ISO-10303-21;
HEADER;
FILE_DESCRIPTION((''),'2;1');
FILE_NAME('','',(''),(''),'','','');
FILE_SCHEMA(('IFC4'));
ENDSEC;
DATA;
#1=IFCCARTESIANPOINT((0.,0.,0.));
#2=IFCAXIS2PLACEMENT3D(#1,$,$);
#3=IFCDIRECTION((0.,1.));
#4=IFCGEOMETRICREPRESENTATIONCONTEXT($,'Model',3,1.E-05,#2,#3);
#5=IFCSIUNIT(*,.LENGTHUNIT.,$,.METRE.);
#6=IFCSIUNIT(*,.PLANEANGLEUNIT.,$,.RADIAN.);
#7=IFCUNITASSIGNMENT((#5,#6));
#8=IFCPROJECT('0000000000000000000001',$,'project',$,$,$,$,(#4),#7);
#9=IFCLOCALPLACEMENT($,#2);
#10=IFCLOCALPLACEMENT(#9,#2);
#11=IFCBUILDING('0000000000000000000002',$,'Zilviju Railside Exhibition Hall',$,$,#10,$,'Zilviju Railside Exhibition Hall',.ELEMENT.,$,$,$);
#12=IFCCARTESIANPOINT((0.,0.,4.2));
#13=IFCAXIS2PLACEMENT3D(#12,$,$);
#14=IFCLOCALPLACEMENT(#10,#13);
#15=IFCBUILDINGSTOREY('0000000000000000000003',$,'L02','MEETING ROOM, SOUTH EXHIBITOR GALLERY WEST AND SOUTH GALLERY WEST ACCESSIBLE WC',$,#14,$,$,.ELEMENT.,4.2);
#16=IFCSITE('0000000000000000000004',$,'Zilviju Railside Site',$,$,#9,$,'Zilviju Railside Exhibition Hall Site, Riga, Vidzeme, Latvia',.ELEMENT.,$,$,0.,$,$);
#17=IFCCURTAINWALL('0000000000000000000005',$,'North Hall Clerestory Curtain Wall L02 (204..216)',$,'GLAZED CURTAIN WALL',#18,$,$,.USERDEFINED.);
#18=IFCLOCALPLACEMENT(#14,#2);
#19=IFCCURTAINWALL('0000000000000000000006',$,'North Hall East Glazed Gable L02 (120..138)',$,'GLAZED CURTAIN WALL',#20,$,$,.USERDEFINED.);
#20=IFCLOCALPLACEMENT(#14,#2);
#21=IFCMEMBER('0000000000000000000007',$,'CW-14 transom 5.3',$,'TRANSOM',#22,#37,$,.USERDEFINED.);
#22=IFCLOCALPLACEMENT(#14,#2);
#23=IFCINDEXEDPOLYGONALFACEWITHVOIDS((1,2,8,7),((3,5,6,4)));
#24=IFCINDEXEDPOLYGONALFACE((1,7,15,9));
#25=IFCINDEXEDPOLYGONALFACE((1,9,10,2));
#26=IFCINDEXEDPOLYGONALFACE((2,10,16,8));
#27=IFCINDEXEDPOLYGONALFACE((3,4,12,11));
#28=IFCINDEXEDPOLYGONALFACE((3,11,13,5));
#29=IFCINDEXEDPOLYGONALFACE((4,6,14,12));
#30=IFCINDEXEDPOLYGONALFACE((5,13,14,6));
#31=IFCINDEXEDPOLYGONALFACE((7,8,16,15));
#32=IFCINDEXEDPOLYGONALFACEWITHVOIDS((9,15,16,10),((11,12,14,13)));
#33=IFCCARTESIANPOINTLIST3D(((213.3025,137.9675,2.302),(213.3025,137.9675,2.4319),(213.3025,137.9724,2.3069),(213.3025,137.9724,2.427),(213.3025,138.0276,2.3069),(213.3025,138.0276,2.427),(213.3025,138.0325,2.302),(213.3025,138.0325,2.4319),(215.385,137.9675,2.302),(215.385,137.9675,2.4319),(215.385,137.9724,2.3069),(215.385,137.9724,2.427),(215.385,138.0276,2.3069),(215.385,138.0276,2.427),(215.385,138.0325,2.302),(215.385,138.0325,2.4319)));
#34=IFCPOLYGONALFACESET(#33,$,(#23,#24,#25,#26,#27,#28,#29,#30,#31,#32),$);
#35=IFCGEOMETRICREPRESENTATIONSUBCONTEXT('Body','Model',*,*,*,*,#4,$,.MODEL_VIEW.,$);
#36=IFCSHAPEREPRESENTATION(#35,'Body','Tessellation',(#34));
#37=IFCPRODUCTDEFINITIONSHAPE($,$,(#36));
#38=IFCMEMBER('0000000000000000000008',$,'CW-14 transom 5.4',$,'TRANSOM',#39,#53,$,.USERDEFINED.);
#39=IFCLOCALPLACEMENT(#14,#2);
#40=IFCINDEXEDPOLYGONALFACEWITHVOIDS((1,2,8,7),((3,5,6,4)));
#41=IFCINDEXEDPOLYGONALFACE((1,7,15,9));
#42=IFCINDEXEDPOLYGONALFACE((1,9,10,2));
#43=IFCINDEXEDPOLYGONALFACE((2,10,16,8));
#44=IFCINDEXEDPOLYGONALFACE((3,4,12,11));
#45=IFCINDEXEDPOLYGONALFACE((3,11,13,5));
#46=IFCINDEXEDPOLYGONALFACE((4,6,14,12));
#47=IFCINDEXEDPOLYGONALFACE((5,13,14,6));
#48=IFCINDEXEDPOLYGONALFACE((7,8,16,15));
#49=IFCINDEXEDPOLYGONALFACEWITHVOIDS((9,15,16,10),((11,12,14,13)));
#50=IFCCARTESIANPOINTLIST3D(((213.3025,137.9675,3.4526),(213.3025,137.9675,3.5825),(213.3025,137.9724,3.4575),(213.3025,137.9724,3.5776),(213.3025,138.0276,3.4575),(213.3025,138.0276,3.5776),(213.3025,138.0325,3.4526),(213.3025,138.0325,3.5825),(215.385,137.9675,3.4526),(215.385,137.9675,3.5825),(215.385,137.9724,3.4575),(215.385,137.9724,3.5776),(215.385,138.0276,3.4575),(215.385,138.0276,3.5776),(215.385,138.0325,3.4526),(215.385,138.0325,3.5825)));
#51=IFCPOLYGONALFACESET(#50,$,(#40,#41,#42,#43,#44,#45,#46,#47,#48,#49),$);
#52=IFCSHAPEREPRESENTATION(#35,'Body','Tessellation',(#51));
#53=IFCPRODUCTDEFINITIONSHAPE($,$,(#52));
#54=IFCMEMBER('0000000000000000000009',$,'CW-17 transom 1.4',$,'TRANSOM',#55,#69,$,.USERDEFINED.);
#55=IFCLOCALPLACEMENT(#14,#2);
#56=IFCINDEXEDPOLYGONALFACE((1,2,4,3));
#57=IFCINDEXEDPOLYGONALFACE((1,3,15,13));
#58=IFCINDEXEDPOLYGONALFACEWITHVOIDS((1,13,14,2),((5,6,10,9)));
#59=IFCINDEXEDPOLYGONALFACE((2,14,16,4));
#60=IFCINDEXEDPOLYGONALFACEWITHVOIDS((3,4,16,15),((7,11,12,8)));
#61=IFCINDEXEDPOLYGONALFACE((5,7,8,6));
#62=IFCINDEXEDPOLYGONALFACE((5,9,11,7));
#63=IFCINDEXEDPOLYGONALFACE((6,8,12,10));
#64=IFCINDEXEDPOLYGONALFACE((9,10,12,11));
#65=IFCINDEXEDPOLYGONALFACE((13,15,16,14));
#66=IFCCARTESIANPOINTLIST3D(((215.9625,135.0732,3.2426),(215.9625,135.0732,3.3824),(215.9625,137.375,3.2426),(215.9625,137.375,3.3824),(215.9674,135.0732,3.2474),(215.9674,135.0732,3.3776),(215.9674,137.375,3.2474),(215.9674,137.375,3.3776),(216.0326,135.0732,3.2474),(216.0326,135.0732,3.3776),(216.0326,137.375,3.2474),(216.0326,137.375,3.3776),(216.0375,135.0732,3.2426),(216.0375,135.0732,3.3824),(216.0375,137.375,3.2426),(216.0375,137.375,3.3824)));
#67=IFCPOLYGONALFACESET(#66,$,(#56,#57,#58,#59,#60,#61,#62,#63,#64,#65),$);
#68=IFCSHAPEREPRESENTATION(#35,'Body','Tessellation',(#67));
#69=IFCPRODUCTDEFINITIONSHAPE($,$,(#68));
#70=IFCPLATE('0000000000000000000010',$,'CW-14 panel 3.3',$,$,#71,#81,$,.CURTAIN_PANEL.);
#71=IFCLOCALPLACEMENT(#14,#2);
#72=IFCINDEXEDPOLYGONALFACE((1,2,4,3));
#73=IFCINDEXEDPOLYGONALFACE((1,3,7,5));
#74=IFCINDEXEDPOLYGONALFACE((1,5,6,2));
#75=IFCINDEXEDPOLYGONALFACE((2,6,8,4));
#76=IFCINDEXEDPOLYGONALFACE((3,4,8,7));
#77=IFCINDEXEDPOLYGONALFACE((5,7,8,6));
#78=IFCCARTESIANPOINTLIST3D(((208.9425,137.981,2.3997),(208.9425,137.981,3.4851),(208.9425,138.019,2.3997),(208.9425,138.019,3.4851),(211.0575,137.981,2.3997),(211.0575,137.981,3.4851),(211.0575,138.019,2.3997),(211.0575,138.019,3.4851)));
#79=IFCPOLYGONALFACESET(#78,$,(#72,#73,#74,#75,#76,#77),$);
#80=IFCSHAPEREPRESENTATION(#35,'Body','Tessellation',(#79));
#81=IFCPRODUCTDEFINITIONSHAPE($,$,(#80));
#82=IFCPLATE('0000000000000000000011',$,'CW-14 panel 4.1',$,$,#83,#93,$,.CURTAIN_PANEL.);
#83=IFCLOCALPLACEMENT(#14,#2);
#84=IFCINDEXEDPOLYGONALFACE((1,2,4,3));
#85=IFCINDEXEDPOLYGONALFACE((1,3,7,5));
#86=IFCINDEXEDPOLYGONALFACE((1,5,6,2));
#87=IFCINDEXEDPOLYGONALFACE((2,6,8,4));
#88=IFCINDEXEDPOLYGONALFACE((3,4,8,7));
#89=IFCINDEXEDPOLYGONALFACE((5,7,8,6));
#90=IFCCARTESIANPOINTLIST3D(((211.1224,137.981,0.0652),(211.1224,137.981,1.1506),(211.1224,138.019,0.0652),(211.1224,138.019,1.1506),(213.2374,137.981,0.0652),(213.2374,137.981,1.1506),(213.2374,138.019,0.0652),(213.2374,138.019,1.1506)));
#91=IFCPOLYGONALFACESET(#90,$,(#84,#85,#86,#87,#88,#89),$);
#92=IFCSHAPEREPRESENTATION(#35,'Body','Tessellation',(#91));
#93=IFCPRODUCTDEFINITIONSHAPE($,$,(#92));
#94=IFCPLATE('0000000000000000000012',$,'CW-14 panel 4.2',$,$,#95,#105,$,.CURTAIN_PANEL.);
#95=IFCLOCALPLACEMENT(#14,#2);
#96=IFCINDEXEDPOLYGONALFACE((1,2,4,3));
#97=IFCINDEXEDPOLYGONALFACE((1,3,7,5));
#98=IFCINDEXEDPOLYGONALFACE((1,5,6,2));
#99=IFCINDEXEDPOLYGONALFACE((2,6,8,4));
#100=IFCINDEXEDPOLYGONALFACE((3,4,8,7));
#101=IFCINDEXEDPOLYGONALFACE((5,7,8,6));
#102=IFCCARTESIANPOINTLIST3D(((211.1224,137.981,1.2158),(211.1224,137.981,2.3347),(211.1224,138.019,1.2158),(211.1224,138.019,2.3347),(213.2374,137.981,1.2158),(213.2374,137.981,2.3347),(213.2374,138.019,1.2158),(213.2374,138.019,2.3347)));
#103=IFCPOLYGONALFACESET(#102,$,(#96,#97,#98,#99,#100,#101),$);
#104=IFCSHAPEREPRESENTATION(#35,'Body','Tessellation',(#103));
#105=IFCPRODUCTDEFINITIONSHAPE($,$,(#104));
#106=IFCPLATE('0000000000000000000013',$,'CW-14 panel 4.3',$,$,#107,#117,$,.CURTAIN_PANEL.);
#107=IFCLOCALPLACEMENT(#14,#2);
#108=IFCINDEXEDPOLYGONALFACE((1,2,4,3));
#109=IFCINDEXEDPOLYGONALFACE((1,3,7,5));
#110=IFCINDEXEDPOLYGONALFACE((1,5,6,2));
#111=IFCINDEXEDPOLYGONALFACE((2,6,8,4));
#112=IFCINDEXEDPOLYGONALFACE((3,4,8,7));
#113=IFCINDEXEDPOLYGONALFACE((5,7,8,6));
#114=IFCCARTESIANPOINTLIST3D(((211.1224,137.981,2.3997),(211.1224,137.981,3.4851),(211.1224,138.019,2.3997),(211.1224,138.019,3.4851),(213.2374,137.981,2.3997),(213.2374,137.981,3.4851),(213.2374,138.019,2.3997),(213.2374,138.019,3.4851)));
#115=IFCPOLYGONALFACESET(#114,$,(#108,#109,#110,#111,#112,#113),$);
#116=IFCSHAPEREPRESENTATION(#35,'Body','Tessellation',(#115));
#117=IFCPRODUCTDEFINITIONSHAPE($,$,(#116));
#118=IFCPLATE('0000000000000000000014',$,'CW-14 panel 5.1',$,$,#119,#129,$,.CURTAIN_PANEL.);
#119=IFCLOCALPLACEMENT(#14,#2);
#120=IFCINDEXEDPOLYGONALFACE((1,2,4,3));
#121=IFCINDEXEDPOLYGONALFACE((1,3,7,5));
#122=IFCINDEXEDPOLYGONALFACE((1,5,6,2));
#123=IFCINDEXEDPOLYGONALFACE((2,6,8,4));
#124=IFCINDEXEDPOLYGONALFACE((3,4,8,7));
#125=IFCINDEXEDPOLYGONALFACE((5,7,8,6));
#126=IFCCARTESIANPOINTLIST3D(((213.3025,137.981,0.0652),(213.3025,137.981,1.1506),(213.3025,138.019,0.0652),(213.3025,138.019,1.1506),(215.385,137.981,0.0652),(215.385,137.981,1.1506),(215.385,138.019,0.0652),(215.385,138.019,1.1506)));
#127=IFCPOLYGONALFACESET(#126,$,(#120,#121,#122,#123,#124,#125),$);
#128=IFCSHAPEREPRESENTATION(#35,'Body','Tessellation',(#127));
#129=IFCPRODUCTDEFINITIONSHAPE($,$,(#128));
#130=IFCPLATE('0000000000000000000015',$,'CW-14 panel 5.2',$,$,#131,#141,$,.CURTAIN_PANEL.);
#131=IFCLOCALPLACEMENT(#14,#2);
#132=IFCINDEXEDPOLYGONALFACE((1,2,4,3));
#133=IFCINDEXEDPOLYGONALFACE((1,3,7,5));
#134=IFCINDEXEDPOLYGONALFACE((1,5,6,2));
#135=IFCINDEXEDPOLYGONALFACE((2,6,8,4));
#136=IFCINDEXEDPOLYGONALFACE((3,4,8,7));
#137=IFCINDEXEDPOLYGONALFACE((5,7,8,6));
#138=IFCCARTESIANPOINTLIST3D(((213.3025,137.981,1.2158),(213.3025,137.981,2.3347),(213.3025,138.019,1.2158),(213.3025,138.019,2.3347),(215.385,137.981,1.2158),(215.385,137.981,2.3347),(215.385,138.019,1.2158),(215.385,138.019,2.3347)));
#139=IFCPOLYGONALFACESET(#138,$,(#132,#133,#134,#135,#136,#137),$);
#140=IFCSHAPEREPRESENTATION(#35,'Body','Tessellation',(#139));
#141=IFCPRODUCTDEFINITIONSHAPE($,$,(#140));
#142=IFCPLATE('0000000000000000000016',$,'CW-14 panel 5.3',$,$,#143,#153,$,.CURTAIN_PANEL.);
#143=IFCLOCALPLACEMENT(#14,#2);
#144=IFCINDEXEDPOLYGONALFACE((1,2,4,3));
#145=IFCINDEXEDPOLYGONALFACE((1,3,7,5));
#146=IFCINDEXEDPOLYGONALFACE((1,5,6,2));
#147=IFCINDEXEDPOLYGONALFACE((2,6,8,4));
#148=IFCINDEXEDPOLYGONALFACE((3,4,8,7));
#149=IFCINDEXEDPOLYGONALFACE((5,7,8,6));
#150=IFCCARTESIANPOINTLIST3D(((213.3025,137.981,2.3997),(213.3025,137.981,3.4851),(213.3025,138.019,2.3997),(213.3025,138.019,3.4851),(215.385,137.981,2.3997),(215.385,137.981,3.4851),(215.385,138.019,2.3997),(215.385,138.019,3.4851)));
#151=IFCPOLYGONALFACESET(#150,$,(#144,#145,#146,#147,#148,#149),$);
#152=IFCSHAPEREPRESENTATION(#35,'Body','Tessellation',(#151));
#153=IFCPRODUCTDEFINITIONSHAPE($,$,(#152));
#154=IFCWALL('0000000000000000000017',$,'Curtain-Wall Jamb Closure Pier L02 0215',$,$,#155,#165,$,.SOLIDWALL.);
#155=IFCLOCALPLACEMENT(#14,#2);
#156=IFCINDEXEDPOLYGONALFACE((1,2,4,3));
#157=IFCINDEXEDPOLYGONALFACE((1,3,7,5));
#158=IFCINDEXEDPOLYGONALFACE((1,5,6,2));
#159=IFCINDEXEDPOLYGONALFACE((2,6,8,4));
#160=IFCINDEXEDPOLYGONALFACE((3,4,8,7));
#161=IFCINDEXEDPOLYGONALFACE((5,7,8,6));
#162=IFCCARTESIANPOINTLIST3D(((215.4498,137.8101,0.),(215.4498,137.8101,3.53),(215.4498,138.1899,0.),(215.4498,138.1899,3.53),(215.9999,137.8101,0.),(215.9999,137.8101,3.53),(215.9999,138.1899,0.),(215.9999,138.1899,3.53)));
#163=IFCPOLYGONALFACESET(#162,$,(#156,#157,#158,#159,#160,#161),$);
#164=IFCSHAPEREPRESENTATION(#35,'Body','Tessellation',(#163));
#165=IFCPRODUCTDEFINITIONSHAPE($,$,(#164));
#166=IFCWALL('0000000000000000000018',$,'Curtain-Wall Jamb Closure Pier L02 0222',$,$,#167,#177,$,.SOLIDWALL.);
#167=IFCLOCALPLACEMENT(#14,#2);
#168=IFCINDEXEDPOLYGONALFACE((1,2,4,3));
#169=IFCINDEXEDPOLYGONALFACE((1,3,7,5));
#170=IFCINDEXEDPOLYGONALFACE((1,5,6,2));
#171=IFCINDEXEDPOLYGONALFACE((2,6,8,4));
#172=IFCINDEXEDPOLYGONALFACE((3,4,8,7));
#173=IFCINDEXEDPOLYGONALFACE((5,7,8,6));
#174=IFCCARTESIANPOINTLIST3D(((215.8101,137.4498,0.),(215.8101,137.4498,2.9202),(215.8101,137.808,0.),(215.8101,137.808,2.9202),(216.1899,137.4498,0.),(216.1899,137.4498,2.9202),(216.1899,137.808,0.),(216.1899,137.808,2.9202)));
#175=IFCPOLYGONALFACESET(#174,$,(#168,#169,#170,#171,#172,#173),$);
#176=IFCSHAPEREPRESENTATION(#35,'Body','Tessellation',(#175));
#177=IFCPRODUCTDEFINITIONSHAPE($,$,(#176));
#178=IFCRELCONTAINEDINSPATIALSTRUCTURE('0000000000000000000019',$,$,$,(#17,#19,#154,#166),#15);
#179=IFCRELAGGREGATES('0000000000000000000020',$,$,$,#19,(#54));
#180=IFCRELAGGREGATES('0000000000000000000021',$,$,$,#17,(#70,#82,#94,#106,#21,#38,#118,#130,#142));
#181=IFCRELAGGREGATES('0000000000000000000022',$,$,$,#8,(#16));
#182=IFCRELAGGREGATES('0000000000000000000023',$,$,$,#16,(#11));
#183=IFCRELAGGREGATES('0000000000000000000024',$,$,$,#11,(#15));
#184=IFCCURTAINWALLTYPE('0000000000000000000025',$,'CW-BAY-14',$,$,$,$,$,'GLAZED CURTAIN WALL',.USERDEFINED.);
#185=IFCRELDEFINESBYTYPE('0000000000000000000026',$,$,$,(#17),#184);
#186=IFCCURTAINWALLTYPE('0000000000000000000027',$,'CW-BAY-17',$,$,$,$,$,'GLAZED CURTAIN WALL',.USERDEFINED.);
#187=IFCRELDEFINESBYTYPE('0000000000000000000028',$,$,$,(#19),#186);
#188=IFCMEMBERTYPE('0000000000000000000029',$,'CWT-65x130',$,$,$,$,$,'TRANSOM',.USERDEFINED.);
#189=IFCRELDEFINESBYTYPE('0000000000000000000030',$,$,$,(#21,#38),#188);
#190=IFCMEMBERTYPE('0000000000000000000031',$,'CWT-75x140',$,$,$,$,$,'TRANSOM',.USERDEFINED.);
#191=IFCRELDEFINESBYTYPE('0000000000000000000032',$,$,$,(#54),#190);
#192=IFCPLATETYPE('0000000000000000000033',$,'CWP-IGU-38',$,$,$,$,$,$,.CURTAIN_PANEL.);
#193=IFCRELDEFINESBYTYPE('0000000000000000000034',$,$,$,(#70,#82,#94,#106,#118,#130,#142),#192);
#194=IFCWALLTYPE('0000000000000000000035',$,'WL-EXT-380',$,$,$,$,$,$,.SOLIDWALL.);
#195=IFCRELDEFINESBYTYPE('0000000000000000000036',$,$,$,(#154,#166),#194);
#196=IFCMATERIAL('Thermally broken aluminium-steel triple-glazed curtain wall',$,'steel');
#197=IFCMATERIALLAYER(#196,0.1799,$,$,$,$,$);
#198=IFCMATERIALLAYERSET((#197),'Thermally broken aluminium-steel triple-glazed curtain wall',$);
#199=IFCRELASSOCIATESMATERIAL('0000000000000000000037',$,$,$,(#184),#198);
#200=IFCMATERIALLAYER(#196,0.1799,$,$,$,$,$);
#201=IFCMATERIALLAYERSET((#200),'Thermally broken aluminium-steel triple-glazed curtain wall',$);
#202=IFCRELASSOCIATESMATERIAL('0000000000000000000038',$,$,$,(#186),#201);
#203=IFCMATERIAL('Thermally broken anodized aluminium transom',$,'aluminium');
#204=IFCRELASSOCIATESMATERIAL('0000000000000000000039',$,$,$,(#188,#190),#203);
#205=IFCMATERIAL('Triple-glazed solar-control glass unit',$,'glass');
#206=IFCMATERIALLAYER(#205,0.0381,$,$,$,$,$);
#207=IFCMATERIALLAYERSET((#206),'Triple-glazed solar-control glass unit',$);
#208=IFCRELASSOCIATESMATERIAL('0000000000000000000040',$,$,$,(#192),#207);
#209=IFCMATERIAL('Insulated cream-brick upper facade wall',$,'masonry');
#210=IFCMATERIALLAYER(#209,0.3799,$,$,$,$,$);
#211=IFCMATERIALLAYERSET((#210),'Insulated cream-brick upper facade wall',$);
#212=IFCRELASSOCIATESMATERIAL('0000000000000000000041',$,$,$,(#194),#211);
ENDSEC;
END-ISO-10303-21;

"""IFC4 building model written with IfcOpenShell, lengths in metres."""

from ifc_helpers import new_model, si_unit, direction, frame, frame_2d, origin, origin_2d, place, context, subcontext, project, spatial, rectangle, hollow_rectangle, extrude, material, layer, layer_set, material_profile, profile_set, type_object, element, aggregate, save


model = new_model("IFC4")

# Units and contexts
model_context = context("Model", 3, precision=1e-05, world=origin(), true_north=direction((0.0, 1.0)))
body_context = subcontext(model_context, "Body", "Model", "MODEL_VIEW")
ifc_project = project(units=[si_unit("LENGTHUNIT", "METRE"), si_unit("PLANEANGLEUNIT", "RADIAN")], contexts=[model_context])

# Site, building, storey
site_placement = place(None, origin())
site = spatial("IfcSite", under=ifc_project, at=site_placement, Name="Zilviju Railside Site", LongName="Zilviju Railside Exhibition Hall Site, Riga, Vidzeme, Latvia", CompositionType="ELEMENT", RefElevation=0.0)
building_placement = place(site_placement, origin())
building = spatial("IfcBuilding", under=site, at=building_placement, Name="Zilviju Railside Exhibition Hall", LongName="Zilviju Railside Exhibition Hall", CompositionType="ELEMENT")
storey_placement = place(building_placement, frame((0.0, 0.0, 4.2)))
storey = spatial("IfcBuildingStorey", under=building, at=storey_placement, Name="L02", Description="MEETING ROOM, SOUTH EXHIBITOR GALLERY WEST AND SOUTH GALLERY WEST ACCESSIBLE WC", CompositionType="ELEMENT", Elevation=4.2)

# Curtain wall
ifc_material_1 = material(Name="Thermally broken aluminium-steel triple-glazed curtain wall", Category="steel")
ifc_layer_1 = layer(ifc_material_1, 0.1799)
ifc_layer_set_1 = layer_set([ifc_layer_1], Name="Thermally broken aluminium-steel triple-glazed curtain wall")
curtain_wall_type_1 = type_object("IfcCurtainWallType", Name="CW-BAY-14", ElementType="GLAZED CURTAIN WALL", PredefinedType="USERDEFINED", material=ifc_layer_set_1)
curtain_wall_1_placement = place(storey_placement, origin())
curtain_wall_1 = element("IfcCurtainWall", 1, at=curtain_wall_1_placement, inside=storey, type_object=curtain_wall_type_1, Name="North Hall Clerestory Curtain Wall L02 (204..216)", ObjectType="GLAZED CURTAIN WALL", PredefinedType="USERDEFINED")

# Curtain wall
ifc_layer_2 = layer(ifc_material_1, 0.1799)
ifc_layer_set_2 = layer_set([ifc_layer_2], Name="Thermally broken aluminium-steel triple-glazed curtain wall")
curtain_wall_type_2 = type_object("IfcCurtainWallType", Name="CW-BAY-17", ElementType="GLAZED CURTAIN WALL", PredefinedType="USERDEFINED", material=ifc_layer_set_2)
curtain_wall_2_placement = place(storey_placement, origin())
curtain_wall_2 = element("IfcCurtainWall", 2, at=curtain_wall_2_placement, inside=storey, type_object=curtain_wall_type_2, Name="North Hall East Glazed Gable L02 (120..138)", ObjectType="GLAZED CURTAIN WALL", PredefinedType="USERDEFINED")

# Members
ifc_material_2 = material(Name="Thermally broken anodized aluminium transom", Category="aluminium")
ifc_material_profile_1 = material_profile(ifc_material_2, hollow_rectangle(XDim=0.0649, YDim=0.1299, WallThickness=0.0049, at=origin_2d()), Name="TRANSOM 130x65x5")
ifc_profile_set_1 = profile_set([ifc_material_profile_1], Name="Thermally broken anodized aluminium transom")
member_type_1 = type_object("IfcMemberType", Name="CWT-65x130", ElementType="TRANSOM", PredefinedType="USERDEFINED", material=ifc_profile_set_1)
member_1_placement = place(storey_placement, frame((213.3025, 138.0, 2.3669), z_axis=(1.0, 0.0, 0.0), x_axis=(0.0, 1.0, 0.0)))
member_1 = element("IfcMember", 3, at=member_1_placement, type_object=member_type_1, Name="CW-14 transom 5.3", ObjectType="TRANSOM", PredefinedType="USERDEFINED", context=body_context, shape_type="SweptSolid", body=[
    extrude(hollow_rectangle(XDim=0.0649, YDim=0.1299, WallThickness=0.0049, at=origin_2d()), origin(), (0.0, 0.0, 1.0), 2.0825),
])
member_2_placement = place(storey_placement, frame((213.3025, 138.0, 3.5176), z_axis=(1.0, 0.0, 0.0), x_axis=(0.0, 1.0, 0.0)))
member_2 = element("IfcMember", 4, at=member_2_placement, type_object=member_type_1, Name="CW-14 transom 5.4", ObjectType="TRANSOM", PredefinedType="USERDEFINED", context=body_context, shape_type="SweptSolid", body=[
    extrude(hollow_rectangle(XDim=0.0649, YDim=0.1299, WallThickness=0.0049, at=origin_2d()), origin(), (0.0, 0.0, 1.0), 2.0825),
])
ifc_material_profile_2 = material_profile(ifc_material_2, hollow_rectangle(XDim=0.075, YDim=0.1399, WallThickness=0.0049, at=origin_2d()), Name="TRANSOM 140x75x5")
ifc_profile_set_2 = profile_set([ifc_material_profile_2], Name="Thermally broken anodized aluminium transom")
member_type_2 = type_object("IfcMemberType", Name="CWT-75x140", ElementType="TRANSOM", PredefinedType="USERDEFINED", material=ifc_profile_set_2)
member_3_placement = place(storey_placement, frame((216.0, 137.375, 3.3125), z_axis=(0.0, -1.0, 0.0), x_axis=(1.0, 0.0, 0.0)))
member_3 = element("IfcMember", 5, at=member_3_placement, type_object=member_type_2, Name="CW-17 transom 1.4", ObjectType="TRANSOM", PredefinedType="USERDEFINED", context=body_context, shape_type="SweptSolid", body=[
    extrude(hollow_rectangle(XDim=0.075, YDim=0.1399, WallThickness=0.0049, at=origin_2d()), origin(), (0.0, 0.0, 1.0), 2.3018),
])
aggregate(curtain_wall_2, [member_3])

# Plates
ifc_material_3 = material(Name="Triple-glazed solar-control glass unit", Category="glass")
ifc_layer_3 = layer(ifc_material_3, 0.0381)
ifc_layer_set_3 = layer_set([ifc_layer_3], Name="Triple-glazed solar-control glass unit")
plate_type = type_object("IfcPlateType", Name="CWP-IGU-38", PredefinedType="CURTAIN_PANEL", material=ifc_layer_set_3)
plate_1_placement = place(storey_placement, frame((210.0, 138.0, 2.3997), z_axis=(0.0, 0.0, 1.0), x_axis=(1.0, 0.0, 0.0)))
plate_1 = element("IfcPlate", 6, at=plate_1_placement, type_object=plate_type, Name="CW-14 panel 3.3", PredefinedType="CURTAIN_PANEL", context=body_context, shape_type="SweptSolid", body=[
    extrude(rectangle(XDim=2.115, YDim=0.0381, at=origin_2d()), origin(), (0.0, 0.0, 1.0), 1.0854),
])
plate_2_placement = place(storey_placement, frame((212.1799, 138.0, 0.0652), z_axis=(0.0, 0.0, 1.0), x_axis=(1.0, 0.0, 0.0)))
plate_2 = element("IfcPlate", 7, at=plate_2_placement, type_object=plate_type, Name="CW-14 panel 4.1", PredefinedType="CURTAIN_PANEL", context=body_context, shape_type="SweptSolid", body=[
    extrude(rectangle(XDim=2.115, YDim=0.0381, at=origin_2d()), origin(), (0.0, 0.0, 1.0), 1.0854),
])
plate_3_placement = place(storey_placement, frame((212.1799, 138.0, 1.2158), z_axis=(0.0, 0.0, 1.0), x_axis=(1.0, 0.0, 0.0)))
plate_3 = element("IfcPlate", 8, at=plate_3_placement, type_object=plate_type, Name="CW-14 panel 4.2", PredefinedType="CURTAIN_PANEL", context=body_context, shape_type="SweptSolid", body=[
    extrude(rectangle(XDim=2.115, YDim=0.0381, at=origin_2d()), origin(), (0.0, 0.0, 1.0), 1.1189),
])
plate_4_placement = place(storey_placement, frame((212.1799, 138.0, 2.3997), z_axis=(0.0, 0.0, 1.0), x_axis=(1.0, 0.0, 0.0)))
plate_4 = element("IfcPlate", 9, at=plate_4_placement, type_object=plate_type, Name="CW-14 panel 4.3", PredefinedType="CURTAIN_PANEL", context=body_context, shape_type="SweptSolid", body=[
    extrude(rectangle(XDim=2.115, YDim=0.0381, at=origin_2d()), origin(), (0.0, 0.0, 1.0), 1.0854),
])
plate_5_placement = place(storey_placement, frame((214.3438, 138.0, 0.0652), z_axis=(0.0, 0.0, 1.0), x_axis=(1.0, 0.0, 0.0)))
plate_5 = element("IfcPlate", 10, at=plate_5_placement, type_object=plate_type, Name="CW-14 panel 5.1", PredefinedType="CURTAIN_PANEL", context=body_context, shape_type="SweptSolid", body=[
    extrude(rectangle(XDim=2.0825, YDim=0.0381, at=origin_2d()), origin(), (0.0, 0.0, 1.0), 1.0854),
])
plate_6_placement = place(storey_placement, frame((214.3438, 138.0, 1.2158), z_axis=(0.0, 0.0, 1.0), x_axis=(1.0, 0.0, 0.0)))
plate_6 = element("IfcPlate", 11, at=plate_6_placement, type_object=plate_type, Name="CW-14 panel 5.2", PredefinedType="CURTAIN_PANEL", context=body_context, shape_type="SweptSolid", body=[
    extrude(rectangle(XDim=2.0825, YDim=0.0381, at=origin_2d()), origin(), (0.0, 0.0, 1.0), 1.1189),
])
plate_7_placement = place(storey_placement, frame((214.3438, 138.0, 2.3997), z_axis=(0.0, 0.0, 1.0), x_axis=(1.0, 0.0, 0.0)))
plate_7 = element("IfcPlate", 12, at=plate_7_placement, type_object=plate_type, Name="CW-14 panel 5.3", PredefinedType="CURTAIN_PANEL", context=body_context, shape_type="SweptSolid", body=[
    extrude(rectangle(XDim=2.0825, YDim=0.0381, at=origin_2d()), origin(), (0.0, 0.0, 1.0), 1.0854),
])
aggregate(curtain_wall_1, [plate_1, plate_2, plate_3, plate_4, member_1, member_2, plate_5, plate_6, plate_7])

# Walls
ifc_material_4 = material(Name="Insulated cream-brick upper facade wall", Category="masonry")
ifc_layer_4 = layer(ifc_material_4, 0.3799)
ifc_layer_set_4 = layer_set([ifc_layer_4], Name="Insulated cream-brick upper facade wall")
wall_type = type_object("IfcWallType", Name="WL-EXT-380", PredefinedType="SOLIDWALL", material=ifc_layer_set_4)
wall_1_placement = place(storey_placement, frame((215.45, 138.0, 0.0), z_axis=(0.0, 0.0, 1.0), x_axis=(1.0, 0.0, 0.0)))
element("IfcWall", 13, at=wall_1_placement, inside=storey, type_object=wall_type, Name="Curtain-Wall Jamb Closure Pier L02 0215", PredefinedType="SOLIDWALL", context=body_context, shape_type="SweptSolid", body=[
    extrude(rectangle(XDim=0.55, YDim=0.3799, at=frame_2d((0.2749, 0.0))), origin(), (0.0, 0.0, 1.0), 3.53),
])
wall_2_placement = place(storey_placement, frame((216.0, 137.8081, 0.0), z_axis=(0.0, 0.0, 1.0), x_axis=(0.0, -1.0, 0.0)))
element("IfcWall", 14, at=wall_2_placement, inside=storey, type_object=wall_type, Name="Curtain-Wall Jamb Closure Pier L02 0222", PredefinedType="SOLIDWALL", context=body_context, shape_type="SweptSolid", body=[
    extrude(rectangle(XDim=0.3582, YDim=0.3799, at=frame_2d((0.1792, 0.0))), origin(), (0.0, 0.0, 1.0), 2.9202),
])

save(model, "model.ifc")
